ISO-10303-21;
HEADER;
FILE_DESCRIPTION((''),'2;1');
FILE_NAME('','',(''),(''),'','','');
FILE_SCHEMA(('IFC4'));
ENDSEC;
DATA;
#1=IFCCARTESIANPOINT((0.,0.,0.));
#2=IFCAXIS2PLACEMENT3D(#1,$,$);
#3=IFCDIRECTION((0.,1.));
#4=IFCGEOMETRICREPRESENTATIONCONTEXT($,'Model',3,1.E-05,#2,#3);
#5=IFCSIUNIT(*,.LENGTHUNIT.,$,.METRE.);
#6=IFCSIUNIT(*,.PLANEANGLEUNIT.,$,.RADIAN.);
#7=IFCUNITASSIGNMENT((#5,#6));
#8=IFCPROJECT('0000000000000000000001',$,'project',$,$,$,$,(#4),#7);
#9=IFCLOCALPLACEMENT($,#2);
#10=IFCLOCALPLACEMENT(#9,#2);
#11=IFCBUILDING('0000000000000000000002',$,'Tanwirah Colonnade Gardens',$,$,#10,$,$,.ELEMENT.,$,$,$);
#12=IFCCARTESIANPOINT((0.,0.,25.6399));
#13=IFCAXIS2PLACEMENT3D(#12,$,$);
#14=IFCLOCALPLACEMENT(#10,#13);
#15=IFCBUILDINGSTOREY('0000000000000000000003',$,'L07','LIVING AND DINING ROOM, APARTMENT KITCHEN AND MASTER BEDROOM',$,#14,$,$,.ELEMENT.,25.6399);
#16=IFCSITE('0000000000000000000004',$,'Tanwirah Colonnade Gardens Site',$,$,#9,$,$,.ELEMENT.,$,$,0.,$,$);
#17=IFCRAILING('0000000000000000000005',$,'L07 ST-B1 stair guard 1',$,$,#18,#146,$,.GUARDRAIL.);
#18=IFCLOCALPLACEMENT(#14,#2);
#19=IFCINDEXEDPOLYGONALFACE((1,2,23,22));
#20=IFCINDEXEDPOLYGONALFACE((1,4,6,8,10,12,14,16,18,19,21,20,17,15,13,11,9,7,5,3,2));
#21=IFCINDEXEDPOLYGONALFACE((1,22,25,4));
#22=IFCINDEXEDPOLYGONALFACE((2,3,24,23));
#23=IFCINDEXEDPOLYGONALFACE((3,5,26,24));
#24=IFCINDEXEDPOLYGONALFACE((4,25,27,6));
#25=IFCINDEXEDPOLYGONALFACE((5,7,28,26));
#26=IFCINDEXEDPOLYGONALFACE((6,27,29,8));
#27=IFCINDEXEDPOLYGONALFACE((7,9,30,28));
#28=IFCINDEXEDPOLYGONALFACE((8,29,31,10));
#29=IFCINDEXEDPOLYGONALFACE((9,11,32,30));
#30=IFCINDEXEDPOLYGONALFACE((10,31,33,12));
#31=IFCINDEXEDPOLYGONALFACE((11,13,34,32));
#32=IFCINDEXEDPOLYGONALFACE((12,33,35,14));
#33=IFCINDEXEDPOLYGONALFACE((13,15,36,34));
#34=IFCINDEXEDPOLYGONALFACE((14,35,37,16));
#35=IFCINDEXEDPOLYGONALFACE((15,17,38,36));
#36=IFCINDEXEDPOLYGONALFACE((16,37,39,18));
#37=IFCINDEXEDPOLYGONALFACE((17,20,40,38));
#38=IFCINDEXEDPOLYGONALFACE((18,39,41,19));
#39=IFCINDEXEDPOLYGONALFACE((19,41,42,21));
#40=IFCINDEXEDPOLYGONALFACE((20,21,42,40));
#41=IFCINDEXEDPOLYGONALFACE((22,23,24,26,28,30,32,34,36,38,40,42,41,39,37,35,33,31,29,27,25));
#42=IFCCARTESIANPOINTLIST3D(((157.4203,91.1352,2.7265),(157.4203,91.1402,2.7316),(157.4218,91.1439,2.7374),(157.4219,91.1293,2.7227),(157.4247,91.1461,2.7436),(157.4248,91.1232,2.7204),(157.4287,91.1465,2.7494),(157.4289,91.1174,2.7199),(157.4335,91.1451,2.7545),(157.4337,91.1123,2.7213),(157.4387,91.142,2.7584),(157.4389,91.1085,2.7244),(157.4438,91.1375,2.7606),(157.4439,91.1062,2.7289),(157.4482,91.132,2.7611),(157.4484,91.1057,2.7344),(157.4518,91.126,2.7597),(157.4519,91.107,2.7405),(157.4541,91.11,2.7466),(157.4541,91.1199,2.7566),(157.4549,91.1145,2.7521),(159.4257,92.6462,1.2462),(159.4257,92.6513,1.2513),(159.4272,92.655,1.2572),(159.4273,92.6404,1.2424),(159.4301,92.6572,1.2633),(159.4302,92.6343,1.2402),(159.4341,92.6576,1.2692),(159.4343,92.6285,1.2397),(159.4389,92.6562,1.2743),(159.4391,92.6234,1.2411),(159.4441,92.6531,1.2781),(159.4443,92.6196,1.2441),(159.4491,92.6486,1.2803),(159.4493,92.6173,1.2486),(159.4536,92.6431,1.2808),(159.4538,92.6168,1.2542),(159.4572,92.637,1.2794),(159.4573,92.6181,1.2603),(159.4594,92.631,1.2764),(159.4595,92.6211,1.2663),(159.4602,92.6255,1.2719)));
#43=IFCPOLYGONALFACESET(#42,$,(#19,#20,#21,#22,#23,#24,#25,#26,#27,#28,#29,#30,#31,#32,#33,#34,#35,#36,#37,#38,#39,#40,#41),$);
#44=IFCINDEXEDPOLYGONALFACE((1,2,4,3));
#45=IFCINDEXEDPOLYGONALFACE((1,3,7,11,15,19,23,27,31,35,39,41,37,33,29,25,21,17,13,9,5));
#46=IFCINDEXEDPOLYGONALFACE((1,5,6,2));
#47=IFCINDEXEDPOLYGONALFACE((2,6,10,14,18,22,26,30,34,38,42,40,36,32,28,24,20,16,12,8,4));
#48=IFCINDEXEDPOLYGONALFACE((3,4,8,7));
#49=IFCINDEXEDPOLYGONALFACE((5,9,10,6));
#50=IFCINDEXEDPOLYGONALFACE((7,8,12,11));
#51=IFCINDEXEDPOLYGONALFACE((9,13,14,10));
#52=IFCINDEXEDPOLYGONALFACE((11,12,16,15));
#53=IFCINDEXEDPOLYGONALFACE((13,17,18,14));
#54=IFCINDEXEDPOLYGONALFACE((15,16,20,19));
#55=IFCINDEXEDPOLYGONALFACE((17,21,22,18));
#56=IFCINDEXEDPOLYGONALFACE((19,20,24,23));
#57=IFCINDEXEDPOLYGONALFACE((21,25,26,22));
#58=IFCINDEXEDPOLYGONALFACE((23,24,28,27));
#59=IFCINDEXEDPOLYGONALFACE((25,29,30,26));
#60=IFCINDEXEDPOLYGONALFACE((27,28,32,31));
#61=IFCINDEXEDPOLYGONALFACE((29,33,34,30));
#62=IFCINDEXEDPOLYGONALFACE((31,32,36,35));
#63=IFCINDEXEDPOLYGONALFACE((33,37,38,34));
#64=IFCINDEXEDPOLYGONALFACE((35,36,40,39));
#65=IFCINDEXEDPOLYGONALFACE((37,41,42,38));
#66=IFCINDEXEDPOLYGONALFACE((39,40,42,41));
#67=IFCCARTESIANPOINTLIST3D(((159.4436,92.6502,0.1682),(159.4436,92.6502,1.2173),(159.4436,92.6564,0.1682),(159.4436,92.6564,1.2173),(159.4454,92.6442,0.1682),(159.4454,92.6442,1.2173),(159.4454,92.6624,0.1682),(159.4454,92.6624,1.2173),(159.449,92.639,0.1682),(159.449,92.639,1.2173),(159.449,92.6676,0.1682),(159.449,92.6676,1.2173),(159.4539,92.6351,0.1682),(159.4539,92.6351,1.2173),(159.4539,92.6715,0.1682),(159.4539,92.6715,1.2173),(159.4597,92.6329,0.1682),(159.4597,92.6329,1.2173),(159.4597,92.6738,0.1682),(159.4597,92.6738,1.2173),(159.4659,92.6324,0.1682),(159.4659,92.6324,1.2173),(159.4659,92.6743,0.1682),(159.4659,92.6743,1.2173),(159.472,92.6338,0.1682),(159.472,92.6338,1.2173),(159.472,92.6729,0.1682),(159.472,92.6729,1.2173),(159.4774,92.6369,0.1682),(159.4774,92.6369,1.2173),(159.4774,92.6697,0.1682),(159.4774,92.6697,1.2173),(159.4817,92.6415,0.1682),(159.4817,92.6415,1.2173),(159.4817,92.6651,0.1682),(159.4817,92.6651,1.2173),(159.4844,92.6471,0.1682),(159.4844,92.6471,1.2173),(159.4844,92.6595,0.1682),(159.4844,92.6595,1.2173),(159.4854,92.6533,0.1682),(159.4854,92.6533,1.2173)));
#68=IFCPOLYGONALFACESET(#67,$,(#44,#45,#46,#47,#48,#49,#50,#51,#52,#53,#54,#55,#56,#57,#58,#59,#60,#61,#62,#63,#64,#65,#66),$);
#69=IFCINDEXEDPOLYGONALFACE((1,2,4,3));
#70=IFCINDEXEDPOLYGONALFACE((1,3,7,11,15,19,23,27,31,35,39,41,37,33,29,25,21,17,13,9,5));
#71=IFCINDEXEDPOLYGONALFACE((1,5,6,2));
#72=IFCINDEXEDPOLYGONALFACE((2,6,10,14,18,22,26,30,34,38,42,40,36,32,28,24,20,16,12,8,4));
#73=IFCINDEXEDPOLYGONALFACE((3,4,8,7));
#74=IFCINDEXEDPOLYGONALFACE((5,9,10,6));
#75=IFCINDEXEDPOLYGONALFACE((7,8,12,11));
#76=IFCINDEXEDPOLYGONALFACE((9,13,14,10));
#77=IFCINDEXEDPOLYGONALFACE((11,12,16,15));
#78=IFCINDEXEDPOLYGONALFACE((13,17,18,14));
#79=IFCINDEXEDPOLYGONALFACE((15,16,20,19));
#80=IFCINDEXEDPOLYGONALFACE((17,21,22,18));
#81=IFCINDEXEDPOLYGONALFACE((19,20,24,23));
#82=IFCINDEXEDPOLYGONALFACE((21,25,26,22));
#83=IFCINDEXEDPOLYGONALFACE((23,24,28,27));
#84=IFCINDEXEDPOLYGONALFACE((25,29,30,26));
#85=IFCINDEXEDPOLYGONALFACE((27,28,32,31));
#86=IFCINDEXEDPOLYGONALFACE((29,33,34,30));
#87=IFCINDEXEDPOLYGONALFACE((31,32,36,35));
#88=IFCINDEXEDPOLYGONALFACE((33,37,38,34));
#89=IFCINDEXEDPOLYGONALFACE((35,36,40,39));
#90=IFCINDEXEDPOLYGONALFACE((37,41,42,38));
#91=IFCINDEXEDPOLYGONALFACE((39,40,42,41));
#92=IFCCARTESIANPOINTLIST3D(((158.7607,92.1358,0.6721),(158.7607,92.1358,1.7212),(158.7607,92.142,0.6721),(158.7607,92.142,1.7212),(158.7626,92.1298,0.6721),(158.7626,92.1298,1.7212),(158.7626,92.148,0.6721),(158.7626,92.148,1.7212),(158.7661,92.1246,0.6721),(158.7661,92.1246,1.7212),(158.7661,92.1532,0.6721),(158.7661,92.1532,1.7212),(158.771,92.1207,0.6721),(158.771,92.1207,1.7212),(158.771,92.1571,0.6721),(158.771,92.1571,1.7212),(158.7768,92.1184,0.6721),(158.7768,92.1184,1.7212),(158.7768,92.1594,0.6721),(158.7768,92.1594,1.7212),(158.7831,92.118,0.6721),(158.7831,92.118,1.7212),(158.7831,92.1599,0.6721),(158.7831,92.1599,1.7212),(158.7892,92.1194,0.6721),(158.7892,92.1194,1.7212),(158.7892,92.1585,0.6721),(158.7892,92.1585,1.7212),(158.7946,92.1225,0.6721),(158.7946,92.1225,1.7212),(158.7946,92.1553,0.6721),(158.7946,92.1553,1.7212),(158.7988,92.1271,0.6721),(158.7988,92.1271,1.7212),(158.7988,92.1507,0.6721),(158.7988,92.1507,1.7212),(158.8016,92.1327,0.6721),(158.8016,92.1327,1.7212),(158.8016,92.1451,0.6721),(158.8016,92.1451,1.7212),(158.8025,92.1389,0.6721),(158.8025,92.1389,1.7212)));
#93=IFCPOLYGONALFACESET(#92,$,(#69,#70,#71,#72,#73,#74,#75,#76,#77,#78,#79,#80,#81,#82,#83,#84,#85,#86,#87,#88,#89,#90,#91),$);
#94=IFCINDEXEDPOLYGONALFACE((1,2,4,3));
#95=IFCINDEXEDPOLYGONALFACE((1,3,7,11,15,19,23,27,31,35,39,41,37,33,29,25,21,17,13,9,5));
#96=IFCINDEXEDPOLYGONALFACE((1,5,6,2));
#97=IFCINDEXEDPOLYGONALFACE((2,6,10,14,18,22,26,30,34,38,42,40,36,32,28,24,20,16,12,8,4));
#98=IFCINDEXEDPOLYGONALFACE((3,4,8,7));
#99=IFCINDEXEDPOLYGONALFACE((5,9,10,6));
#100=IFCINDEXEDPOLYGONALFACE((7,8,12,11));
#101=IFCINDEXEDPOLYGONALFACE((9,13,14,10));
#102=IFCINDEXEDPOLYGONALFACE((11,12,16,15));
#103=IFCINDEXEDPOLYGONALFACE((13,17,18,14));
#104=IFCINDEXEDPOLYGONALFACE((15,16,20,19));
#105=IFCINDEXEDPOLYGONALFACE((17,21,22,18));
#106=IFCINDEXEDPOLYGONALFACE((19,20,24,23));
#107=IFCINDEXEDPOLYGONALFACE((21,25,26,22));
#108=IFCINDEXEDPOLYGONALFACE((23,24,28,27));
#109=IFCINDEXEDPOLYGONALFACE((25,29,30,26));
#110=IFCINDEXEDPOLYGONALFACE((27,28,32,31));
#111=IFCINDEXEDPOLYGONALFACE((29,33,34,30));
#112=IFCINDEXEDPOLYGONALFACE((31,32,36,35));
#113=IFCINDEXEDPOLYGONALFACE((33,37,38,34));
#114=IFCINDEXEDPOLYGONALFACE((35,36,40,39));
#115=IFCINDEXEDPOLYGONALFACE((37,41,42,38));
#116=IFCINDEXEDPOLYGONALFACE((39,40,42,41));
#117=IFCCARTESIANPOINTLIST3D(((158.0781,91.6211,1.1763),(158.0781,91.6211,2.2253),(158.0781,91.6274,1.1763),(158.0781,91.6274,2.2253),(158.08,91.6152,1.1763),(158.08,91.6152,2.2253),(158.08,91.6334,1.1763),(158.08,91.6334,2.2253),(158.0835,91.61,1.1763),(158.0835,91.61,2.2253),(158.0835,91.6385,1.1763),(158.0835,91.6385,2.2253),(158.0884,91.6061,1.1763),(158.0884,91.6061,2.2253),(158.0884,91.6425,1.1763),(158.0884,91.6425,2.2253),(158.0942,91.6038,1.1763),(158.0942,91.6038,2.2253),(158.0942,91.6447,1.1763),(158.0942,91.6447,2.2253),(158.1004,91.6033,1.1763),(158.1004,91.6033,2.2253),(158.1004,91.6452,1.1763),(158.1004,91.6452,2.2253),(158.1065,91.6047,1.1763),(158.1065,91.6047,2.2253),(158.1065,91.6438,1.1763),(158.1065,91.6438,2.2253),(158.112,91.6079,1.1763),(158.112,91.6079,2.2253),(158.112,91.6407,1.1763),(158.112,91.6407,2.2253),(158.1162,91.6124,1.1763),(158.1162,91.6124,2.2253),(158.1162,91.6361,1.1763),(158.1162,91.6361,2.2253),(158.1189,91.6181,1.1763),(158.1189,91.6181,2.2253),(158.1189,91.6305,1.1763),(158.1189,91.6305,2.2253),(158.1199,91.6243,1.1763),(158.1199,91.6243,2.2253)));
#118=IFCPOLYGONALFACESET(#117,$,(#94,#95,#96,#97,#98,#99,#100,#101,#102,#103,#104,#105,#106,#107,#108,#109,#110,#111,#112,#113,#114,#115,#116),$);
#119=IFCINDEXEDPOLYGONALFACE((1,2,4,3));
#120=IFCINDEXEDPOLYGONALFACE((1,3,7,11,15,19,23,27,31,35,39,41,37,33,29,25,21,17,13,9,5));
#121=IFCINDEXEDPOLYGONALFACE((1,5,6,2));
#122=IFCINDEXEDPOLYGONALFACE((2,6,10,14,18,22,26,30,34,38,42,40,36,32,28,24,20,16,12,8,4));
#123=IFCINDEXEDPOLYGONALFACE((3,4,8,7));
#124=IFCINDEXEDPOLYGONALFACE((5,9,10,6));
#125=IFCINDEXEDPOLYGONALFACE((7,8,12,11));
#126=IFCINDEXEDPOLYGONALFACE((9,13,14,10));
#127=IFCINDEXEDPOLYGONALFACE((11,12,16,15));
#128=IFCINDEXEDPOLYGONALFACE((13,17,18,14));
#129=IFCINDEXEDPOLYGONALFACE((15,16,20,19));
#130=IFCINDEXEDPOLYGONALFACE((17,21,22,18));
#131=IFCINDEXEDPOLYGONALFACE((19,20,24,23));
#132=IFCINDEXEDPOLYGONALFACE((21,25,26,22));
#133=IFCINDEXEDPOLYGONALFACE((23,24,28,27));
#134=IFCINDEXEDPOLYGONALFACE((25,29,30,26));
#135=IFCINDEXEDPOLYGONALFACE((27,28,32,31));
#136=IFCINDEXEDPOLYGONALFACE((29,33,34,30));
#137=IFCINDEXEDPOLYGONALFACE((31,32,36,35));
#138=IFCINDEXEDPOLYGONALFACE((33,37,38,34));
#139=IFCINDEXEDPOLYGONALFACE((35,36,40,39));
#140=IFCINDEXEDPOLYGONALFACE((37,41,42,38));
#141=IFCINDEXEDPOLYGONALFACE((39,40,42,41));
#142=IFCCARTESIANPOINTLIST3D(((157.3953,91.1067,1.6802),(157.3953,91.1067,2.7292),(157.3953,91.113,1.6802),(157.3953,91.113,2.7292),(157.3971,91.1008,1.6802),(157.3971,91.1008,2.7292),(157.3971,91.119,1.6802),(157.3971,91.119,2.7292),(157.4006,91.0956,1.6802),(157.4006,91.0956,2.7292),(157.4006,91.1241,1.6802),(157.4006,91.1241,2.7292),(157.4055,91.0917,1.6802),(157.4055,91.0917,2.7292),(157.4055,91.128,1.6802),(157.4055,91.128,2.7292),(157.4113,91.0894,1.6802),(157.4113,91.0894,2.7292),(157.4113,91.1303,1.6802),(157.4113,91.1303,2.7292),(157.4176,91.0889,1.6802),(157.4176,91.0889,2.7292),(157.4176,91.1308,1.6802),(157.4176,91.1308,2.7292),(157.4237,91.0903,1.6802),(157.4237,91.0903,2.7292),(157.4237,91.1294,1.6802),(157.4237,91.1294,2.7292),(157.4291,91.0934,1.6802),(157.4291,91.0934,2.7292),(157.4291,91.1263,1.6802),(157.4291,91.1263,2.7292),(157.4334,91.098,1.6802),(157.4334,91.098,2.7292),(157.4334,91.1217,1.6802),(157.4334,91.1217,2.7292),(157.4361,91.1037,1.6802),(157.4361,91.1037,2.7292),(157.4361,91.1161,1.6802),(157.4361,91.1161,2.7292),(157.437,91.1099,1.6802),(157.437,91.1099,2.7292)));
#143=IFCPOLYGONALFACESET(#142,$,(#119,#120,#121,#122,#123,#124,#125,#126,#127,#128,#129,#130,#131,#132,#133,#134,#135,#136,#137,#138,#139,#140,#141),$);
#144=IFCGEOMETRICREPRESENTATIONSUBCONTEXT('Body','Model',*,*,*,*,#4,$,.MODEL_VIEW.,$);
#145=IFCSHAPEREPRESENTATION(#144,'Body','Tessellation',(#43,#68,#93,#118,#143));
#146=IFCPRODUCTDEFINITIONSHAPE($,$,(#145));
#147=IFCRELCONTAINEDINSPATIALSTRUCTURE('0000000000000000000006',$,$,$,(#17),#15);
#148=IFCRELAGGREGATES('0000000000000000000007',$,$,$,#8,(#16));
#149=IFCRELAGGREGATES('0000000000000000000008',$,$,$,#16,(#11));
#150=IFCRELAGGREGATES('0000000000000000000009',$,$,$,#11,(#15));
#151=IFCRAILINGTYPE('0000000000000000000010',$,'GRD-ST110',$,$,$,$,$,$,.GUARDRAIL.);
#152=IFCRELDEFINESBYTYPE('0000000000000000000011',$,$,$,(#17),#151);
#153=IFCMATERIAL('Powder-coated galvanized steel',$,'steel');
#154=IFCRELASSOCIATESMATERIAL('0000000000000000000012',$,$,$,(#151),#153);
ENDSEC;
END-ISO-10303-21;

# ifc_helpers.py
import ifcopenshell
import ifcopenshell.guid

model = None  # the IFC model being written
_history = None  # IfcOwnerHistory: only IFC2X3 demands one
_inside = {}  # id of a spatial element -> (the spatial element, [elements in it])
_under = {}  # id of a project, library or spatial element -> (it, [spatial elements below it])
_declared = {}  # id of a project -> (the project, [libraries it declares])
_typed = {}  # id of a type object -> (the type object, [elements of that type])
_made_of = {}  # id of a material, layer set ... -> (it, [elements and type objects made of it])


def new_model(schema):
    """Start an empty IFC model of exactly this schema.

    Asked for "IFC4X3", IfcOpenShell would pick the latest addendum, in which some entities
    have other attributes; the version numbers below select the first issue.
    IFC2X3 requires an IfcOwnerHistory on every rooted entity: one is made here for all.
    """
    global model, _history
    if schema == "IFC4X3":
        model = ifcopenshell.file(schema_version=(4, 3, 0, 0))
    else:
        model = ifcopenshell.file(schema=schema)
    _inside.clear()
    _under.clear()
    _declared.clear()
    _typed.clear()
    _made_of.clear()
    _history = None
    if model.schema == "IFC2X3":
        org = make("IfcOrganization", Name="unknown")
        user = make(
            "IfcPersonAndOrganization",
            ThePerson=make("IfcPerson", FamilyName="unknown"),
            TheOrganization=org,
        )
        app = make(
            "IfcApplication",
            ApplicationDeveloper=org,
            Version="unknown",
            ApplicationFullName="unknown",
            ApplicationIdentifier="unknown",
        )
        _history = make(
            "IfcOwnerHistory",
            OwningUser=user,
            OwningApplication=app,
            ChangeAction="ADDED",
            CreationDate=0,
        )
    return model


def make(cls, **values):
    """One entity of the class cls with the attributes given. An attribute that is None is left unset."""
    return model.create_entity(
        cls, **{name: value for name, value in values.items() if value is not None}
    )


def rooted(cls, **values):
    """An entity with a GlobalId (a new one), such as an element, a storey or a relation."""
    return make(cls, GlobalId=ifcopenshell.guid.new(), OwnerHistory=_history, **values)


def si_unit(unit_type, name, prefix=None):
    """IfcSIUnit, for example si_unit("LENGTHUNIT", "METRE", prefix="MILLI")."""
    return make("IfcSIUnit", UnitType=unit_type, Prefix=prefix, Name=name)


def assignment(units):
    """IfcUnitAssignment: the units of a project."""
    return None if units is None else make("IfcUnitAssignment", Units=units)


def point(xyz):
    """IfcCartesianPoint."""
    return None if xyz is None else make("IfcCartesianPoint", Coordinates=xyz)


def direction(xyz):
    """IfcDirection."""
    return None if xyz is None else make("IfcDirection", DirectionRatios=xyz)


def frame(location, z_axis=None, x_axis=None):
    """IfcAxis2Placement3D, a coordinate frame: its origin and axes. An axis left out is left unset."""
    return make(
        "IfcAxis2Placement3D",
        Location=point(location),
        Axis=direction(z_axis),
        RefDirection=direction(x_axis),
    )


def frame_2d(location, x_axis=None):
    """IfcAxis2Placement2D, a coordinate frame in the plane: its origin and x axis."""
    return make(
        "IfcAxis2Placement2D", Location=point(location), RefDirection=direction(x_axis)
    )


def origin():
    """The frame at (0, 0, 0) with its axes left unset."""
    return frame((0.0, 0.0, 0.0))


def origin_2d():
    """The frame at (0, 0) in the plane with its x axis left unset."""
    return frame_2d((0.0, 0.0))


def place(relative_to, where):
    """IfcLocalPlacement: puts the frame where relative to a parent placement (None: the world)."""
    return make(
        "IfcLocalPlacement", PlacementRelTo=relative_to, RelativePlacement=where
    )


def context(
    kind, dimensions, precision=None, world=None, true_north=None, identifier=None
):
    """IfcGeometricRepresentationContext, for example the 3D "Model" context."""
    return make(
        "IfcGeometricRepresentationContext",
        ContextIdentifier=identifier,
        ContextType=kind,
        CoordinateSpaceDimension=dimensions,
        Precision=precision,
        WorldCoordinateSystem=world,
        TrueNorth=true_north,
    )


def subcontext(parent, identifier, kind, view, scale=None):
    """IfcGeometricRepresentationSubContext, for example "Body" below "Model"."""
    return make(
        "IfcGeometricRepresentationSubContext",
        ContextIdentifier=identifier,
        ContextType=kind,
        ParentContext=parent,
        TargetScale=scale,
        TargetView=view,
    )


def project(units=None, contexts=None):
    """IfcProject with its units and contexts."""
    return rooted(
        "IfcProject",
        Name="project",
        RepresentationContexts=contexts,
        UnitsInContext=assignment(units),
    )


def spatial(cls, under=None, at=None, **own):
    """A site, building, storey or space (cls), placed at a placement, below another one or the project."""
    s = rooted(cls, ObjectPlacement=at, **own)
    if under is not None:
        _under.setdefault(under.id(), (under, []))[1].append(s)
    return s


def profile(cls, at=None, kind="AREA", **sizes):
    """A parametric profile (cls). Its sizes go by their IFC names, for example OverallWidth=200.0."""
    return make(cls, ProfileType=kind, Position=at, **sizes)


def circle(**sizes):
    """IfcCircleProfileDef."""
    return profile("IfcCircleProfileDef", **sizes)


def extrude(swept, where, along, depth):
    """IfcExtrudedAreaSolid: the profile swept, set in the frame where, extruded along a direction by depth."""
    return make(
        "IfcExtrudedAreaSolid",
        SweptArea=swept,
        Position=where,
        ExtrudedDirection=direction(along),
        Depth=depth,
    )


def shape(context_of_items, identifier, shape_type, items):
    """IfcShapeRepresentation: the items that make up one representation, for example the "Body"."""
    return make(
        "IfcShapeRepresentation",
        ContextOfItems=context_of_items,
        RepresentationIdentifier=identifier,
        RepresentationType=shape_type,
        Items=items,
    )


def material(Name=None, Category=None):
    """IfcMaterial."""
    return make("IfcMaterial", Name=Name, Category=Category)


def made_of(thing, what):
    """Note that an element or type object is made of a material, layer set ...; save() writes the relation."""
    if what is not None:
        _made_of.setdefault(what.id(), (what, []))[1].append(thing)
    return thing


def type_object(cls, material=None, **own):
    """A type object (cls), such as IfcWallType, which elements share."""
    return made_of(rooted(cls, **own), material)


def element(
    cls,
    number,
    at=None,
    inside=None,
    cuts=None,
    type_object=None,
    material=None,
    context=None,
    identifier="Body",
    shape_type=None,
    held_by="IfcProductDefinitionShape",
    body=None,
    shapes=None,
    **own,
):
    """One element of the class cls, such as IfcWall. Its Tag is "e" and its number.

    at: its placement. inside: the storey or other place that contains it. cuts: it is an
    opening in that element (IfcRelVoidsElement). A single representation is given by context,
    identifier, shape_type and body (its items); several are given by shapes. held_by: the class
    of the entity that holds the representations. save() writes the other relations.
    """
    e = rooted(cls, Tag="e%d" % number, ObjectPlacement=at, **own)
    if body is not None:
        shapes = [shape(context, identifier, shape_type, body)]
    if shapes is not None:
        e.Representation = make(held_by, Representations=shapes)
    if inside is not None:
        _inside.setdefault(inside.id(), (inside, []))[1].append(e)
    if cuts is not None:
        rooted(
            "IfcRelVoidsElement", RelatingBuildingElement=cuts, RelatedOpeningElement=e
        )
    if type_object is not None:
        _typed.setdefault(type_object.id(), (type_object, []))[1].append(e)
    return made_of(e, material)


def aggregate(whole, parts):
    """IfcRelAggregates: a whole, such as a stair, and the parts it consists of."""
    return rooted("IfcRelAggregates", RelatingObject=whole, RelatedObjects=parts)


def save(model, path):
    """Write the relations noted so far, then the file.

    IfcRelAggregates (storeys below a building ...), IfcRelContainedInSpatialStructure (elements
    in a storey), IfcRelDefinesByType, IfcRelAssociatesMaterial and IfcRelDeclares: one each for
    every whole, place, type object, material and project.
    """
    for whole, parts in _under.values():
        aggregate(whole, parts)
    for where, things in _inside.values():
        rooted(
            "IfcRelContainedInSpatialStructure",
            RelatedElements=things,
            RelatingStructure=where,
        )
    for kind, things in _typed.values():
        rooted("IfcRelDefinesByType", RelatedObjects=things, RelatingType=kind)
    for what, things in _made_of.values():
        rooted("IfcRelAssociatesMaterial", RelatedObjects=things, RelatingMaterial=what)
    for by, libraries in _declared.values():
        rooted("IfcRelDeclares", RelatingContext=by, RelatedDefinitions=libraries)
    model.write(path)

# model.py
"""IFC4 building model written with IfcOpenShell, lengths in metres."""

from ifc_helpers import new_model, si_unit, direction, frame, origin, origin_2d, place, context, subcontext, project, spatial, circle, extrude, material, type_object, element, save


model = new_model("IFC4")

# Units and contexts
model_context = context("Model", 3, precision=1e-05, world=origin(), true_north=direction((0.0, 1.0)))
body_context = subcontext(model_context, "Body", "Model", "MODEL_VIEW")
ifc_project = project(units=[si_unit("LENGTHUNIT", "METRE"), si_unit("PLANEANGLEUNIT", "RADIAN")], contexts=[model_context])

# Site, building, storey
site_placement = place(None, origin())
site = spatial("IfcSite", under=ifc_project, at=site_placement, Name="Tanwirah Colonnade Gardens Site", CompositionType="ELEMENT", RefElevation=0.0)
building_placement = place(site_placement, origin())
building = spatial("IfcBuilding", under=site, at=building_placement, Name="Tanwirah Colonnade Gardens", CompositionType="ELEMENT")
storey_placement = place(building_placement, frame((0.0, 0.0, 25.6399)))
storey = spatial("IfcBuildingStorey", under=building, at=storey_placement, Name="L07", Description="LIVING AND DINING ROOM, APARTMENT KITCHEN AND MASTER BEDROOM", CompositionType="ELEMENT", Elevation=25.6399)

# Railing
ifc_material_1 = material(Name="Powder-coated galvanized steel", Category="steel")
railing_type_1 = type_object("IfcRailingType", Name="GRD-ST110", PredefinedType="GUARDRAIL", material=ifc_material_1)
railing_1_placement = place(storey_placement, frame((159.4644, 92.6533, 0.1682)))
element("IfcRailing", 1, at=railing_1_placement, inside=storey, type_object=railing_type_1, Name="L07 ST-B1 stair guard 1", PredefinedType="GUARDRAIL", context=body_context, shape_type="SweptSolid", body=[
    extrude(circle(Radius=0.0239, at=origin_2d()), frame((-0.0215, -0.0161, 1.092), z_axis=(-0.687998, -0.518418, 0.50784), x_axis=(0.601796, -0.79865, 0.0)), (0.0, 0.0, 1.0), 2.9148),
    extrude(circle(Radius=0.021, at=origin_2d()), origin(), (0.0, 0.0, 1.0), 1.0491),
    extrude(circle(Radius=0.021, at=origin_2d()), frame((-0.6829, -0.5144, 0.5039)), (0.0, 0.0, 1.0), 1.0491),
    extrude(circle(Radius=0.021, at=origin_2d()), frame((-1.3655, -1.0291, 1.0081)), (0.0, 0.0, 1.0), 1.0491),
    extrude(circle(Radius=0.021, at=origin_2d()), frame((-2.0483, -1.5435, 1.512)), (0.0, 0.0, 1.0), 1.0491),
])

save(model, "model.ifc")
